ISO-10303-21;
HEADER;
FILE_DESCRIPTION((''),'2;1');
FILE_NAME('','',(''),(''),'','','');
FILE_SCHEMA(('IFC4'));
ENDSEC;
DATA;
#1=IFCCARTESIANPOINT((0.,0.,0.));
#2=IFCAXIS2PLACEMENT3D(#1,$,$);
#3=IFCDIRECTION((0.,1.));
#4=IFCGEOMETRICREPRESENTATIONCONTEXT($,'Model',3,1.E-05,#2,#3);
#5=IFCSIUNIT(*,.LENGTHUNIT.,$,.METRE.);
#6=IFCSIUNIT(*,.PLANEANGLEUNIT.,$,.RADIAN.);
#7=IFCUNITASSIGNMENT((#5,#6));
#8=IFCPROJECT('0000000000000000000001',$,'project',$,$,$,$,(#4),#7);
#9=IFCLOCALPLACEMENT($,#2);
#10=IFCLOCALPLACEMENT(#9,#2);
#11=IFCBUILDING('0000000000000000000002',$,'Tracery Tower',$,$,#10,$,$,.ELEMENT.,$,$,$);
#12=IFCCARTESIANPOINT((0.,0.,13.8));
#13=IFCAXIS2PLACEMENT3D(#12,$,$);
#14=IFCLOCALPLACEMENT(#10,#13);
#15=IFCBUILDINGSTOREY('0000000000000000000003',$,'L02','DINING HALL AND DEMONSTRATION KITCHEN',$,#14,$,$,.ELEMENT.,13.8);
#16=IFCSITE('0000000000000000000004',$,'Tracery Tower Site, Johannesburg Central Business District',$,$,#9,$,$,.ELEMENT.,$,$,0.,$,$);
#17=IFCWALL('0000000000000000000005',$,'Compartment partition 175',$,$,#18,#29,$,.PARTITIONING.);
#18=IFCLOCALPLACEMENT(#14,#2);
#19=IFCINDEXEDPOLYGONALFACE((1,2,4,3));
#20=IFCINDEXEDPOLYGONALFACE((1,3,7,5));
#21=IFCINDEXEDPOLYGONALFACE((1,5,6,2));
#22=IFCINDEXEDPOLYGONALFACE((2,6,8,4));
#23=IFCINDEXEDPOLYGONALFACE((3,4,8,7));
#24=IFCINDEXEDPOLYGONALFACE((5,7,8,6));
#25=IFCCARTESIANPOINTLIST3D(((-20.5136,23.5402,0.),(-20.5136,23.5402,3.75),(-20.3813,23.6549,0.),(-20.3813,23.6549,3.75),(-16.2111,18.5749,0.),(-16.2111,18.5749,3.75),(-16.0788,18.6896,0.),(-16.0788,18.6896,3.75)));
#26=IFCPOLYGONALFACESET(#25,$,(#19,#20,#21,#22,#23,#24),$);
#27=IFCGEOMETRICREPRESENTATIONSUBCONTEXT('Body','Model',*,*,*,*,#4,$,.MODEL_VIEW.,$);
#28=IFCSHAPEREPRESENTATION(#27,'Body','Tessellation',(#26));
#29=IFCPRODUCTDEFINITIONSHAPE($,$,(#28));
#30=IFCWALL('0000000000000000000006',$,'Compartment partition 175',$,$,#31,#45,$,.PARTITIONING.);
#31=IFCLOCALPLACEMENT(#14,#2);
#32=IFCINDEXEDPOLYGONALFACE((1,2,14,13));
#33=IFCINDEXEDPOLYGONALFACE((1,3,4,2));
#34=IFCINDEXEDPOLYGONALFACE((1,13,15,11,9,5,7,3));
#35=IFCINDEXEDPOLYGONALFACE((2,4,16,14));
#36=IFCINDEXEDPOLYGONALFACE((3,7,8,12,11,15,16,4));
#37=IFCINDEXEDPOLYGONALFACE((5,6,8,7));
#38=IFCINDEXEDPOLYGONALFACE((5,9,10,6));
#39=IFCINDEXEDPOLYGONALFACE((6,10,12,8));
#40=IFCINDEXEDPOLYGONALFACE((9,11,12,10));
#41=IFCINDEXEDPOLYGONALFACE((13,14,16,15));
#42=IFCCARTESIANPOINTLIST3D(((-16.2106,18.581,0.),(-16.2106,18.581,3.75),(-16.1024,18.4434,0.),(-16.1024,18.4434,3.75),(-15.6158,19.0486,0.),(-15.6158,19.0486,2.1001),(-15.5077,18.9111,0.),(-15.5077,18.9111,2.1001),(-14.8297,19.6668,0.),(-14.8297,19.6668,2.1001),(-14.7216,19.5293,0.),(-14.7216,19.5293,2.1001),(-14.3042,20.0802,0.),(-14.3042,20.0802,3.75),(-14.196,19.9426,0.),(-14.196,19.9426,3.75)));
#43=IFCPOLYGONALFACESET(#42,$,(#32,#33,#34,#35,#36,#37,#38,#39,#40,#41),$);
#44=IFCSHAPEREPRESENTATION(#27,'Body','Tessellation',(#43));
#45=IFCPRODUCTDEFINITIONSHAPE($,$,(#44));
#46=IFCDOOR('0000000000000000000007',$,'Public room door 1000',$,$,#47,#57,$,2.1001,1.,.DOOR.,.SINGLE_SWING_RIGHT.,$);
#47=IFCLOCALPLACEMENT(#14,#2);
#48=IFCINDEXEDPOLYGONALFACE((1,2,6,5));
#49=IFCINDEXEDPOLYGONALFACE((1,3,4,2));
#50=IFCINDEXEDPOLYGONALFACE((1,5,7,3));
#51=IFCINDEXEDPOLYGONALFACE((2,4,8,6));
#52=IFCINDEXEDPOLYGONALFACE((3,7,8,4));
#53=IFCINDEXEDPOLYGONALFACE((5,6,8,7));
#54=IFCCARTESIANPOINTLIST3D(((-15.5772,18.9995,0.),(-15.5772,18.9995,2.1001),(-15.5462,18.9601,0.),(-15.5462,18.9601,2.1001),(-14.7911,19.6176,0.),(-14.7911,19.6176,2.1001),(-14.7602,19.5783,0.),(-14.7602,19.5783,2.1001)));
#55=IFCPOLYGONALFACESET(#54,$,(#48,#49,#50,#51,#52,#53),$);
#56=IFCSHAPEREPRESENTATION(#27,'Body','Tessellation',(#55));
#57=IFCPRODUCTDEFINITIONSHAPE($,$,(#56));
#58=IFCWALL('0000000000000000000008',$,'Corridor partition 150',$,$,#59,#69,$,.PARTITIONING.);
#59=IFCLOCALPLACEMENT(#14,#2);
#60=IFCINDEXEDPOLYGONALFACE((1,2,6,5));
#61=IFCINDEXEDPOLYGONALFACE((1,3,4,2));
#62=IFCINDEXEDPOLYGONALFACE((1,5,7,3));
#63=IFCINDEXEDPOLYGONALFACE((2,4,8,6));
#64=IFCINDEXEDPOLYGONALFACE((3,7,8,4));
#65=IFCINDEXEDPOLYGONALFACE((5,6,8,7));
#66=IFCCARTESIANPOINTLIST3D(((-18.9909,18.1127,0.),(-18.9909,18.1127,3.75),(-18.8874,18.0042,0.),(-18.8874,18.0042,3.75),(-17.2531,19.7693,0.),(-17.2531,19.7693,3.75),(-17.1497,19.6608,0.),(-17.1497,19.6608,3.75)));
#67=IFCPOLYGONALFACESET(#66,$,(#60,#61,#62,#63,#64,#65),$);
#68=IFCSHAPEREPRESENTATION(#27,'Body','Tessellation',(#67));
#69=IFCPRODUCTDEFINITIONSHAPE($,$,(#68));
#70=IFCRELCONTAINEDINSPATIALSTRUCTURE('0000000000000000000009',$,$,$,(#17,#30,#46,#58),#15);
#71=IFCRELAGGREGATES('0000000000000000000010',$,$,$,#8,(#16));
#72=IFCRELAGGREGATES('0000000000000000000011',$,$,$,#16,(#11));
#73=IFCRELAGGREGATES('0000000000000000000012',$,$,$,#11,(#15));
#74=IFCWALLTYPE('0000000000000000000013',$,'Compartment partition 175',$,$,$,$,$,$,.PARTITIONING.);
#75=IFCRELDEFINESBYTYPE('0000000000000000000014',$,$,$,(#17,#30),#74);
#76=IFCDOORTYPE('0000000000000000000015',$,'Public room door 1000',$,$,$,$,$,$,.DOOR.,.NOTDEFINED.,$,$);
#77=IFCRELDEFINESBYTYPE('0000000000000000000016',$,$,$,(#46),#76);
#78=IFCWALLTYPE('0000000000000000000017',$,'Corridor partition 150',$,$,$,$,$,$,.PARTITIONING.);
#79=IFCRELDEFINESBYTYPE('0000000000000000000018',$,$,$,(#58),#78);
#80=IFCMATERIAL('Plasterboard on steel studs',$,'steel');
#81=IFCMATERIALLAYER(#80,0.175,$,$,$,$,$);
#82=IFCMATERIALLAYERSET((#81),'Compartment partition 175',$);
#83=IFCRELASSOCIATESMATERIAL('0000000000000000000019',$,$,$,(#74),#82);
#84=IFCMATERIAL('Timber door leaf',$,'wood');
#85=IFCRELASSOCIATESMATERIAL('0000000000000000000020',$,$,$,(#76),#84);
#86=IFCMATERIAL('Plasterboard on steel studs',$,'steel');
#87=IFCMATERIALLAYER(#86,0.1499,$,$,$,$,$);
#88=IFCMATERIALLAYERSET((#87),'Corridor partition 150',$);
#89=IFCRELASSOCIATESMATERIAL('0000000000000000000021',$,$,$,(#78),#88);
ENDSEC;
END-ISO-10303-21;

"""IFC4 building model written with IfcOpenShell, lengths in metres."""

from ifc_helpers import new_model, si_unit, direction, frame, frame_2d, origin, place, context, subcontext, project, spatial, rectangle, extrude, material, layer, layer_set, type_object, element, fill, save


model = new_model("IFC4")

# Units and contexts
model_context = context("Model", 3, precision=1e-05, world=origin(), true_north=direction((0.0, 1.0)))
body_context = subcontext(model_context, "Body", "Model", "MODEL_VIEW")
ifc_project = project(units=[si_unit("LENGTHUNIT", "METRE"), si_unit("PLANEANGLEUNIT", "RADIAN")], contexts=[model_context])

# Site, building, storey
site_placement = place(None, origin())
site = spatial("IfcSite", under=ifc_project, at=site_placement, Name="Tracery Tower Site, Johannesburg Central Business District", CompositionType="ELEMENT", RefElevation=0.0)
building_placement = place(site_placement, origin())
building = spatial("IfcBuilding", under=site, at=building_placement, Name="Tracery Tower", CompositionType="ELEMENT")
storey_placement = place(building_placement, frame((0.0, 0.0, 13.8)))
storey = spatial("IfcBuildingStorey", under=building, at=storey_placement, Name="L02", Description="DINING HALL AND DEMONSTRATION KITCHEN", CompositionType="ELEMENT", Elevation=13.8)

# Wall
ifc_material_1 = material(Name="Plasterboard on steel studs", Category="steel")
ifc_layer_1 = layer(ifc_material_1, 0.175)
ifc_layer_set_1 = layer_set([ifc_layer_1], Name="Compartment partition 175")
wall_type_1 = type_object("IfcWallType", Name="Compartment partition 175", PredefinedType="PARTITIONING", material=ifc_layer_set_1)
wall_1_placement = place(storey_placement, frame((-20.4475, 23.5977, 0.0), z_axis=(0.0, 0.0, 1.0), x_axis=(0.654861, -0.755749, 0.0)))
element("IfcWall", 1, at=wall_1_placement, inside=storey, type_object=wall_type_1, Name="Compartment partition 175", PredefinedType="PARTITIONING", context=body_context, shape_type="SweptSolid", body=[
    extrude(rectangle(XDim=6.5701, YDim=0.175, at=frame_2d((3.2852, 0.0))), origin(), (0.0, 0.0, 1.0), 3.75),
])

# Wall, opening, door
wall_2_placement = place(storey_placement, frame((-16.1565, 18.5122, 0.0), z_axis=(0.0, 0.0, 1.0), x_axis=(0.786056, 0.618155, 0.0)))
wall_2 = element("IfcWall", 2, at=wall_2_placement, inside=storey, type_object=wall_type_1, Name="Compartment partition 175", PredefinedType="PARTITIONING", context=body_context, shape_type="SweptSolid", body=[
    extrude(rectangle(XDim=2.4253, YDim=0.175, at=frame_2d((1.2126, 0.0))), origin(), (0.0, 0.0, 1.0), 3.75),
])
opening_1_placement = place(wall_2_placement, frame((0.7566, 0.0, 0.0)))
opening_1 = element("IfcOpeningElement", 3, at=opening_1_placement, cuts=wall_2, PredefinedType="OPENING", context=body_context, shape_type="SweptSolid", body=[
    extrude(rectangle(XDim=1.0, YDim=2.1001, at=frame_2d((0.5, 1.05))), frame((0.0, 0.0874, 0.0), z_axis=(0.0, -1.0, 0.0), x_axis=(1.0, 0.0, 0.0)), (0.0, 0.0, 1.0), 0.175),
])
ifc_material_2 = material(Name="Timber door leaf", Category="wood")
door_type = type_object("IfcDoorType", Name="Public room door 1000", OperationType="NOTDEFINED", PredefinedType="DOOR", material=ifc_material_2)
door_placement = place(opening_1_placement, origin())
door = element("IfcDoor", 4, at=door_placement, inside=storey, type_object=door_type, Name="Public room door 1000", OperationType="SINGLE_SWING_RIGHT", OverallHeight=2.1001, OverallWidth=1.0, PredefinedType="DOOR", context=body_context, shape_type="SweptSolid", body=[
    extrude(rectangle(XDim=1.0, YDim=2.1001, at=frame_2d((0.5, 1.05))), frame((0.0, 0.0249, 0.0), z_axis=(0.0, -1.0, 0.0), x_axis=(1.0, 0.0, 0.0)), (0.0, 0.0, 1.0), 0.05),
])
fill(opening_1, door)

# Wall
ifc_material_3 = material(Name="Plasterboard on steel studs", Category="steel")
ifc_layer_2 = layer(ifc_material_3, 0.1499)
ifc_layer_set_2 = layer_set([ifc_layer_2], Name="Corridor partition 150")
wall_type_2 = type_object("IfcWallType", Name="Corridor partition 150", PredefinedType="PARTITIONING", material=ifc_layer_set_2)
wall_3_placement = place(storey_placement, frame((-17.2014, 19.7151, 0.0), z_axis=(0.0, 0.0, 1.0), x_axis=(-0.723785, -0.690026, 0.0)))
element("IfcWall", 5, at=wall_3_placement, inside=storey, type_object=wall_type_2, Name="Corridor partition 150", PredefinedType="PARTITIONING", context=body_context, shape_type="SweptSolid", body=[
    extrude(rectangle(XDim=2.4009, YDim=0.1499, at=frame_2d((1.2004, 0.0))), origin(), (0.0, 0.0, 1.0), 3.75),
])

save(model, "model.ifc")
